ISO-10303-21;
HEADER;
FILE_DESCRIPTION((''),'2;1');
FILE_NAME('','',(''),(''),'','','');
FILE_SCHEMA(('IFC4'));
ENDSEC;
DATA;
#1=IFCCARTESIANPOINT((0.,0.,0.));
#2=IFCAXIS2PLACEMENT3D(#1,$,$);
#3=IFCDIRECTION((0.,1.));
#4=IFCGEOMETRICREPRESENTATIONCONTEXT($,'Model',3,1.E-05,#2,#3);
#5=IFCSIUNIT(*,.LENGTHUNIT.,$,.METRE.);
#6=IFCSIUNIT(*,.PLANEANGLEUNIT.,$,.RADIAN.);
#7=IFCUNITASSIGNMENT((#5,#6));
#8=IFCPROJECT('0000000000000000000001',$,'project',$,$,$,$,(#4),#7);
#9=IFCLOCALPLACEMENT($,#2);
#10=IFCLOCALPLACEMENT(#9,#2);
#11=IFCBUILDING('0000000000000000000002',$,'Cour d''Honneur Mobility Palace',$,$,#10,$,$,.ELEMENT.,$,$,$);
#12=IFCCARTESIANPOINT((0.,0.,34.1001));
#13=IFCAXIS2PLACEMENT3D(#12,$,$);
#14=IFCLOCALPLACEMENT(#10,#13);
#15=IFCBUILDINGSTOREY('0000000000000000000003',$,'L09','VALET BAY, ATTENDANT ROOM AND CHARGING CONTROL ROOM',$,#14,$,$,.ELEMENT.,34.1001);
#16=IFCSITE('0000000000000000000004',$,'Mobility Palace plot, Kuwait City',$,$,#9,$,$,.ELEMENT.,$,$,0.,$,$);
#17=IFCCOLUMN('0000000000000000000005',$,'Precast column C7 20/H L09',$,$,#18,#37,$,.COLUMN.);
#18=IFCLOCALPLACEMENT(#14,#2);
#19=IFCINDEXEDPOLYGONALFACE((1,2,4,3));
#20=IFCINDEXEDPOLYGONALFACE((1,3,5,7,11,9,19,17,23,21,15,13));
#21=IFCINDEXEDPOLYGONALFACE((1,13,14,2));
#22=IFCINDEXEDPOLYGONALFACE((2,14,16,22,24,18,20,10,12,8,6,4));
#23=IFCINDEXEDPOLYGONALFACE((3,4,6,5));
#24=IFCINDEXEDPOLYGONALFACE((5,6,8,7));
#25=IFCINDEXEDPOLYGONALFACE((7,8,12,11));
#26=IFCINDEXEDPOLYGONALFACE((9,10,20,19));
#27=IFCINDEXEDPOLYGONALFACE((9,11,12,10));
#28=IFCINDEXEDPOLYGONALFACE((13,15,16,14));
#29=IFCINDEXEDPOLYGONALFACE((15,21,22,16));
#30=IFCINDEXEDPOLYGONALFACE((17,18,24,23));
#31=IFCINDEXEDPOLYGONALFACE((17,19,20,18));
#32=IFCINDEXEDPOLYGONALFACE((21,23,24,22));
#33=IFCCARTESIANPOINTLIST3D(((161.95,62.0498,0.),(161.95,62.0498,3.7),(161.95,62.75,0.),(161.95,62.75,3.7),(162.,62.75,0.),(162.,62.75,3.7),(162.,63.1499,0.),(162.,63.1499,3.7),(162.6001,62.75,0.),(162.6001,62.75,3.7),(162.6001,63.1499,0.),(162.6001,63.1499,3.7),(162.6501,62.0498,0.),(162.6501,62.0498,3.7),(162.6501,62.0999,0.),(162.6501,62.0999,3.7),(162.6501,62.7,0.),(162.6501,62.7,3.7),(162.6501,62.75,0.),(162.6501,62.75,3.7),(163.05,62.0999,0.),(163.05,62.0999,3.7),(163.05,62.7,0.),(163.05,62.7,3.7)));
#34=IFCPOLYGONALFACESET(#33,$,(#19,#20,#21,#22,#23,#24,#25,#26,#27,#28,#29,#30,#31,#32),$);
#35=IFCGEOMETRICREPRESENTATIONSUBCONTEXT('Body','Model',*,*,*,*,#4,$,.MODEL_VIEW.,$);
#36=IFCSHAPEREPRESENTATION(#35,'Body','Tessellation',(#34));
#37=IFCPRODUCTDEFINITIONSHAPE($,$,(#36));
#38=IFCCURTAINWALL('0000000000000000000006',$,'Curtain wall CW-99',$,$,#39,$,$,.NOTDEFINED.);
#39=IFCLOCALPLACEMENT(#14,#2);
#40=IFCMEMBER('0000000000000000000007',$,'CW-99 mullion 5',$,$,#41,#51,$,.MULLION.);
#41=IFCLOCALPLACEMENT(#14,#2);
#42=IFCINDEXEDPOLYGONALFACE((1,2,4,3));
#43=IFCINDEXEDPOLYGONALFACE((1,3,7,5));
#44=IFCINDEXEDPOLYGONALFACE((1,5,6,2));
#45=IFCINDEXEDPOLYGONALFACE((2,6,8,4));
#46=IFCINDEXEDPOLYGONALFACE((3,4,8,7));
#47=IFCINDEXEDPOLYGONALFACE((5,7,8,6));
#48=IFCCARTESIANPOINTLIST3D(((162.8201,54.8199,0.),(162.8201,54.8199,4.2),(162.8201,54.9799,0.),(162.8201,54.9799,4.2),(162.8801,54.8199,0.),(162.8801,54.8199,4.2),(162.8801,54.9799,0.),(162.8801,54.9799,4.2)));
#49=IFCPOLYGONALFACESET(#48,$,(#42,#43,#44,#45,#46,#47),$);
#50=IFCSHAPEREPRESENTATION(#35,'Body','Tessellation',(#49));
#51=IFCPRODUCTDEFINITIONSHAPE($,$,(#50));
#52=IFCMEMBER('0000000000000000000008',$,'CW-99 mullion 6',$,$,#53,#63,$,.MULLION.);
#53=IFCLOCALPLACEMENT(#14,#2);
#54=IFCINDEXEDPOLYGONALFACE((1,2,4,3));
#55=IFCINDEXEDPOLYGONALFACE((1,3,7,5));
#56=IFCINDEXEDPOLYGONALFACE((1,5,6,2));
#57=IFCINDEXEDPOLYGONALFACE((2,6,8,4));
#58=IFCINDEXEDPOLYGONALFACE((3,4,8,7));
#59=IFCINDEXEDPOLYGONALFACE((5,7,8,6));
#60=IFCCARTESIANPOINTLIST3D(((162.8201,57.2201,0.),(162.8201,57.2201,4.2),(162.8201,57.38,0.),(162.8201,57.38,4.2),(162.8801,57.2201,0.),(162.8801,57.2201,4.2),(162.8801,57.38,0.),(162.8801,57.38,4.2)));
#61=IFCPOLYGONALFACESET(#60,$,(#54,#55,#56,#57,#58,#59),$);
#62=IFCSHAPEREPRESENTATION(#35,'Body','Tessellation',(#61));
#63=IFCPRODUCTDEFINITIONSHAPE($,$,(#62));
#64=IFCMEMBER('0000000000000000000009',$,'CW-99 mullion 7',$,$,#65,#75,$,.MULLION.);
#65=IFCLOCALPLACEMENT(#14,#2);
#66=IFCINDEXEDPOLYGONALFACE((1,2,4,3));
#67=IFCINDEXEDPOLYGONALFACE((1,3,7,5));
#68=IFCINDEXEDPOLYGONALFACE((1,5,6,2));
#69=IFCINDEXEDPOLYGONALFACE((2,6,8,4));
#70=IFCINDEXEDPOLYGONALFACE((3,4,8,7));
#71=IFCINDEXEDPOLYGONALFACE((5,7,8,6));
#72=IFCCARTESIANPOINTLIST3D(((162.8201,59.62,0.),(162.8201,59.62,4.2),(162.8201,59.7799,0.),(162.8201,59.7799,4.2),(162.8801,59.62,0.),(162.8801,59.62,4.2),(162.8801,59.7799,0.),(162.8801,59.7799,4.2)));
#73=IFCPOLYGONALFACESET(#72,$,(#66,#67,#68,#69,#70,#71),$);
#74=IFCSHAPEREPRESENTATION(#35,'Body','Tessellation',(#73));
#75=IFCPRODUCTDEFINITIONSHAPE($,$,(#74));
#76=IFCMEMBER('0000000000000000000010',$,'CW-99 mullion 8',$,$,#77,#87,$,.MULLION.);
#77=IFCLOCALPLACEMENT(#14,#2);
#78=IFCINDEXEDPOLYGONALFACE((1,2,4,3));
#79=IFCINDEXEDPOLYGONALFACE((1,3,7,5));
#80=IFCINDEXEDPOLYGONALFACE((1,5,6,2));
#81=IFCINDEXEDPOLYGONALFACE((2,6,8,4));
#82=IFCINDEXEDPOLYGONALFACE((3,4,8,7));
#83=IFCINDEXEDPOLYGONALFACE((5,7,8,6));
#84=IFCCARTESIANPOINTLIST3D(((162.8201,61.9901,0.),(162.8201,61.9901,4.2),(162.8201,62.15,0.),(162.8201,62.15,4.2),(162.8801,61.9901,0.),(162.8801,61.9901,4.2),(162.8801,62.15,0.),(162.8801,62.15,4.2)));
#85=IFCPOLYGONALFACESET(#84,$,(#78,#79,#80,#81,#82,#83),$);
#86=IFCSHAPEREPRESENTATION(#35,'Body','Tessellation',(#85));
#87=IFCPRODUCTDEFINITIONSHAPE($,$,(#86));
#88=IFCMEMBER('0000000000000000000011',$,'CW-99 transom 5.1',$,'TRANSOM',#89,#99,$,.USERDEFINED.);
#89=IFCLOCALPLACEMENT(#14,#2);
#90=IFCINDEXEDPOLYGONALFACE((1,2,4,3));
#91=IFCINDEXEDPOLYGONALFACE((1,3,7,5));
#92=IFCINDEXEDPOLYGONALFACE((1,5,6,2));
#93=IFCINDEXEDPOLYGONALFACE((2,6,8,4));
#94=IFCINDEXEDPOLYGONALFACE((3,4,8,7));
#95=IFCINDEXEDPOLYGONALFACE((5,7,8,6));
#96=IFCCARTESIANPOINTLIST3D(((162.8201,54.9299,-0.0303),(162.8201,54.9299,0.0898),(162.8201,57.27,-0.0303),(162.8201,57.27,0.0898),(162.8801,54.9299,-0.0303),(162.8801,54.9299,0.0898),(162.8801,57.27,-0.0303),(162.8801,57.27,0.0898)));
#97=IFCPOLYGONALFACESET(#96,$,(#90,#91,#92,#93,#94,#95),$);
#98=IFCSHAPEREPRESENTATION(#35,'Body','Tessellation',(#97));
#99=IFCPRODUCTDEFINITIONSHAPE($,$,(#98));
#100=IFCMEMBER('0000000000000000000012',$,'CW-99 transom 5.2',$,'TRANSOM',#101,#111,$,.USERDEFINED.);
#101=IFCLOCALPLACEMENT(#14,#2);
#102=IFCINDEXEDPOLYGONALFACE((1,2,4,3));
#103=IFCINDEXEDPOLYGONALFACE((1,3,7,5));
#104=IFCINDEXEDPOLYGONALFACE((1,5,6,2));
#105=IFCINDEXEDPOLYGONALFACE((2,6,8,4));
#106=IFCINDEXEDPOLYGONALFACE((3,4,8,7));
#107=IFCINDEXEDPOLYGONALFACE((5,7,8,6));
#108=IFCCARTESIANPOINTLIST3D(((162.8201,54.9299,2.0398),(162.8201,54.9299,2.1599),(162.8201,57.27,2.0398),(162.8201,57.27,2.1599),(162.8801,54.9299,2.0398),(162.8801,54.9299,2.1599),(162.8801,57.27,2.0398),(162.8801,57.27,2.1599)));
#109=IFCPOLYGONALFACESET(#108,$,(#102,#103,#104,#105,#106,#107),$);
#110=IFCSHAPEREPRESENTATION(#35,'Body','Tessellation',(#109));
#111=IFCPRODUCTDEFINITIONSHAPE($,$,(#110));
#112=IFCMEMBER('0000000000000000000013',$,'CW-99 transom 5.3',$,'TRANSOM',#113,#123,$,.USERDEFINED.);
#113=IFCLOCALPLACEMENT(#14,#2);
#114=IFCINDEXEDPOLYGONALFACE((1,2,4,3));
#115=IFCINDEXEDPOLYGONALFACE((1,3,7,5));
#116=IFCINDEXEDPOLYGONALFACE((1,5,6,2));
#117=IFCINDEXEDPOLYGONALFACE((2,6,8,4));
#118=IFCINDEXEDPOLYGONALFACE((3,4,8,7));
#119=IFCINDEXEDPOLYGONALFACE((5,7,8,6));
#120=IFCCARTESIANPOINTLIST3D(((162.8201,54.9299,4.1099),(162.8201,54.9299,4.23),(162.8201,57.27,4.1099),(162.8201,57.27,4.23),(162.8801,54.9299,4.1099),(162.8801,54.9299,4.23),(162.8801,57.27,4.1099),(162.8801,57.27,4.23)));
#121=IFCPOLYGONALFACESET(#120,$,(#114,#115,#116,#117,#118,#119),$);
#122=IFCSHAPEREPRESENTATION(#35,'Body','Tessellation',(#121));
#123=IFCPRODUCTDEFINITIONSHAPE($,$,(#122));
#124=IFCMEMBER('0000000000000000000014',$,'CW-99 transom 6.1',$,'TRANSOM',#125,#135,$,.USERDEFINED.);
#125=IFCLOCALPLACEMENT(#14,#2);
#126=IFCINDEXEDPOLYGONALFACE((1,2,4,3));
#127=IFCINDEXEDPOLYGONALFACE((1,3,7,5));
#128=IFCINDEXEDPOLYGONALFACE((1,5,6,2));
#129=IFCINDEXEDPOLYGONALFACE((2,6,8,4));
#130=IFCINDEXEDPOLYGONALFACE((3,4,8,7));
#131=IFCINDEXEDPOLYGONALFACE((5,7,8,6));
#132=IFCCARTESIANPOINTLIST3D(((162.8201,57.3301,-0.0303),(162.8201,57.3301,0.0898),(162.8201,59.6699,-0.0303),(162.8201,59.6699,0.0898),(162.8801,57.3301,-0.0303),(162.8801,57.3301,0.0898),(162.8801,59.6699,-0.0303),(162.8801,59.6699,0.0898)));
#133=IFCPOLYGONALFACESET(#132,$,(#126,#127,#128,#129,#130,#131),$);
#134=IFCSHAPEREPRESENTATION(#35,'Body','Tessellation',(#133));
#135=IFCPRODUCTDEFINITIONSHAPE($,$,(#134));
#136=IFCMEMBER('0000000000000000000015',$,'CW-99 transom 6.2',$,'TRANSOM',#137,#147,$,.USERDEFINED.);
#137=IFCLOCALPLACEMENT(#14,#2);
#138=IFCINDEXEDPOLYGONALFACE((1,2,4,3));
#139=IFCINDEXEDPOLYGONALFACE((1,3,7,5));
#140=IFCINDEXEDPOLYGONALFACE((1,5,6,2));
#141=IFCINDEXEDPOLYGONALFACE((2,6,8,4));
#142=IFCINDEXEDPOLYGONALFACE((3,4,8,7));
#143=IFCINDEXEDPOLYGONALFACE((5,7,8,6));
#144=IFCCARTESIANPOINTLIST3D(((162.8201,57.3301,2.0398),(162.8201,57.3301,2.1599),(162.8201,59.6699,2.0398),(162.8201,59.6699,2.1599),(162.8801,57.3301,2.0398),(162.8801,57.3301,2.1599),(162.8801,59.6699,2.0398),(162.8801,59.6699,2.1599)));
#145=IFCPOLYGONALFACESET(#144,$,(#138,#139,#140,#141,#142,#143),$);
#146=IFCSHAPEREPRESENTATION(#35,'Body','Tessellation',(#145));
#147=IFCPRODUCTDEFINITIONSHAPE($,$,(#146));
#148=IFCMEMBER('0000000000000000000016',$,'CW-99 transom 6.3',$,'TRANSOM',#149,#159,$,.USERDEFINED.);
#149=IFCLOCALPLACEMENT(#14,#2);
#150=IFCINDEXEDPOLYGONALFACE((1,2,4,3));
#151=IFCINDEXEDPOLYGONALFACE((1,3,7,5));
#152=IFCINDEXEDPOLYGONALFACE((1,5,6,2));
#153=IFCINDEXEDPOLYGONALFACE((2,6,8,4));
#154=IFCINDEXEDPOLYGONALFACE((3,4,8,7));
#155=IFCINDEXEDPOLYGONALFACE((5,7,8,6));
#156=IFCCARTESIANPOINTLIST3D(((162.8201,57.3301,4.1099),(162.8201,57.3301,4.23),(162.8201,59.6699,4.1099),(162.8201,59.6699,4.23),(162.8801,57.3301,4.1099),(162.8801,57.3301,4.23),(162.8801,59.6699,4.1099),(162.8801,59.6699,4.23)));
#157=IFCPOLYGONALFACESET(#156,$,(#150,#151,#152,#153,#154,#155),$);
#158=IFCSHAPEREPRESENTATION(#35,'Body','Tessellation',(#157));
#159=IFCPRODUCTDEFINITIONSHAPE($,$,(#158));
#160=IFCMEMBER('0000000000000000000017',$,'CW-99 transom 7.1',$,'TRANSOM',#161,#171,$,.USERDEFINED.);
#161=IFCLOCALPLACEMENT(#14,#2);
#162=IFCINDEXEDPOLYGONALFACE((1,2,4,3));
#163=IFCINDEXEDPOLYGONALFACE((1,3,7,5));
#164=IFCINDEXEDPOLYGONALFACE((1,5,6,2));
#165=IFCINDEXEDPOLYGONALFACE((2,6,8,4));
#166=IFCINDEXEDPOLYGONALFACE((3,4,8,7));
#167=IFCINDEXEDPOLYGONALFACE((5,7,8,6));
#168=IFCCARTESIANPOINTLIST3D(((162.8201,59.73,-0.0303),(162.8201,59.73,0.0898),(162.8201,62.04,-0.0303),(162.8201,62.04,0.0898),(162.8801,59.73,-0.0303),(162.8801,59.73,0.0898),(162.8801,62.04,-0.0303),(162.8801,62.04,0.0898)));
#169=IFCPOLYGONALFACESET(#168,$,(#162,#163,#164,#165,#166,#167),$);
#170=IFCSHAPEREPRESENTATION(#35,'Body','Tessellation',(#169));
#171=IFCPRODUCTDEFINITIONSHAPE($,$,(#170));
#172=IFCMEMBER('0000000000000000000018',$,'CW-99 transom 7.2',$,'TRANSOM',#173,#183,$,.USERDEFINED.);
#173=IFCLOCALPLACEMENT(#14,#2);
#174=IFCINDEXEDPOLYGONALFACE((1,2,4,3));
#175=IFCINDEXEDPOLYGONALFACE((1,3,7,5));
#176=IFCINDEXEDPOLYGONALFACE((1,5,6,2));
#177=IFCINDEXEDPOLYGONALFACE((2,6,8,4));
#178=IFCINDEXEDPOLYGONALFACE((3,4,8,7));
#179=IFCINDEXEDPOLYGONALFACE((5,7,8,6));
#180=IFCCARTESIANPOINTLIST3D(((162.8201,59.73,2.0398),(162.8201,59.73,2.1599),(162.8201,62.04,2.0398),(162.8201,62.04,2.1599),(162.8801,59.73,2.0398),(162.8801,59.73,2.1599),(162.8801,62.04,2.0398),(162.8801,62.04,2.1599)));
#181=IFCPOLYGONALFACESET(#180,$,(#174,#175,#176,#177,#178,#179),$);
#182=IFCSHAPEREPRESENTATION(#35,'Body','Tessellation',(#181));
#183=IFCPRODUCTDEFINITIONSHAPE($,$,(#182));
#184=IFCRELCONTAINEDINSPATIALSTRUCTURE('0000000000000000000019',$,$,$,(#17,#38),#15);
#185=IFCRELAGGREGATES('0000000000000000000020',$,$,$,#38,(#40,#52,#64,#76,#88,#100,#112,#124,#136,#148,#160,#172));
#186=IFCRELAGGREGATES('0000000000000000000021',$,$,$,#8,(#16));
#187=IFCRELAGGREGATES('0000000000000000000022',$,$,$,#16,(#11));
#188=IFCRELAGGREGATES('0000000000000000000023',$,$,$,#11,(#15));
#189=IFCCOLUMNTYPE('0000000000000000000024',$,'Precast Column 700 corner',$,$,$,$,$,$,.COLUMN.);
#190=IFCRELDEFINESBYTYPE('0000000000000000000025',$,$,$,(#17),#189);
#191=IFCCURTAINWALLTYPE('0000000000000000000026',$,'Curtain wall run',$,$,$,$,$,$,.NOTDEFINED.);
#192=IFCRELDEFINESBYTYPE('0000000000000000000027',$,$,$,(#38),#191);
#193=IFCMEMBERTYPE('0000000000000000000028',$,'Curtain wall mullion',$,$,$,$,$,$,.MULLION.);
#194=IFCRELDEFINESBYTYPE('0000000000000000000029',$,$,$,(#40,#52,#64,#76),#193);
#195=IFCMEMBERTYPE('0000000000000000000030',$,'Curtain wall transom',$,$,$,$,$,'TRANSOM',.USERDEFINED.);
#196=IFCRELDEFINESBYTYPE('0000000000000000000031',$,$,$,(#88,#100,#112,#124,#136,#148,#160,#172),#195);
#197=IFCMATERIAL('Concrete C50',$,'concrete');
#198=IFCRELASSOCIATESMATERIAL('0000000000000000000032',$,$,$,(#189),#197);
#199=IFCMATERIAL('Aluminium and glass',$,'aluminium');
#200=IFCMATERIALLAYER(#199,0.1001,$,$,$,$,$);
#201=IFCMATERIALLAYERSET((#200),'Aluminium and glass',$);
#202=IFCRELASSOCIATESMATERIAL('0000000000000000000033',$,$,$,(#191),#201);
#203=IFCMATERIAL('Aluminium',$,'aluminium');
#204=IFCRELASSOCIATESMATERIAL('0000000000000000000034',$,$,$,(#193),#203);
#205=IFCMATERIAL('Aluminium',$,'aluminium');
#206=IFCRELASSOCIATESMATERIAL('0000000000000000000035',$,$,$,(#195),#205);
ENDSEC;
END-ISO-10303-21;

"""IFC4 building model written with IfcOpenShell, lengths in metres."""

from ifc_helpers import new_model, si_unit, direction, frame, origin, origin_2d, place, context, subcontext, project, spatial, polyline, rectangle, outline, extrude, material, layer, layer_set, material_profile, profile_set, type_object, element, aggregate, save


model = new_model("IFC4")

# Units and contexts
model_context = context("Model", 3, precision=1e-05, world=origin(), true_north=direction((0.0, 1.0)))
body_context = subcontext(model_context, "Body", "Model", "MODEL_VIEW")
ifc_project = project(units=[si_unit("LENGTHUNIT", "METRE"), si_unit("PLANEANGLEUNIT", "RADIAN")], contexts=[model_context])

# Site, building, storey
site_placement = place(None, origin())
site = spatial("IfcSite", under=ifc_project, at=site_placement, Name="Mobility Palace plot, Kuwait City", CompositionType="ELEMENT", RefElevation=0.0)
building_placement = place(site_placement, origin())
building = spatial("IfcBuilding", under=site, at=building_placement, Name="Cour d'Honneur Mobility Palace", CompositionType="ELEMENT")
storey_placement = place(building_placement, frame((0.0, 0.0, 34.1001)))
storey = spatial("IfcBuildingStorey", under=building, at=storey_placement, Name="L09", Description="VALET BAY, ATTENDANT ROOM AND CHARGING CONTROL ROOM", CompositionType="ELEMENT", Elevation=34.1001)

# Column
ifc_material_1 = material(Name="Concrete C50", Category="concrete")
ifc_material_profile_1 = material_profile(ifc_material_1, outline(polyline([(-0.3501, -0.3501), (0.3501, -0.3501), (0.3501, -0.3), (0.75, -0.3), (0.75, 0.3), (0.3501, 0.3), (0.3501, 0.3501), (0.3, 0.3501), (0.3, 0.75), (-0.3, 0.75), (-0.3, 0.3501), (-0.3501, 0.3501), (-0.3501, -0.3501)])), Name="PC C700 corner")
ifc_profile_set_1 = profile_set([ifc_material_profile_1], Name="Concrete C50")
column_type = type_object("IfcColumnType", Name="Precast Column 700 corner", PredefinedType="COLUMN", material=ifc_profile_set_1)
column_placement = place(storey_placement, frame((162.3, 62.3999, 0.0), z_axis=(0.0, 0.0, 1.0), x_axis=(1.0, 0.0, 0.0)))
element("IfcColumn", 1, at=column_placement, inside=storey, type_object=column_type, Name="Precast column C7 20/H L09", PredefinedType="COLUMN", context=body_context, shape_type="SweptSolid", body=[
    extrude(outline(polyline([(-0.3501, -0.3501), (0.3501, -0.3501), (0.3501, -0.3), (0.75, -0.3), (0.75, 0.3), (0.3501, 0.3), (0.3501, 0.3501), (0.3, 0.3501), (0.3, 0.75), (-0.3, 0.75), (-0.3, 0.3501), (-0.3501, 0.3501), (-0.3501, -0.3501)])), origin(), (0.0, 0.0, 1.0), 3.7),
])

# Curtain wall, members
ifc_material_2 = material(Name="Aluminium and glass", Category="aluminium")
ifc_layer_1 = layer(ifc_material_2, 0.1001)
ifc_layer_set_1 = layer_set([ifc_layer_1], Name="Aluminium and glass")
curtain_wall_type = type_object("IfcCurtainWallType", Name="Curtain wall run", PredefinedType="NOTDEFINED", material=ifc_layer_set_1)
curtain_wall_placement = place(storey_placement, origin())
curtain_wall = element("IfcCurtainWall", 2, at=curtain_wall_placement, inside=storey, type_object=curtain_wall_type, Name="Curtain wall CW-99", PredefinedType="NOTDEFINED")
ifc_material_3 = material(Name="Aluminium", Category="aluminium")
ifc_material_profile_2 = material_profile(ifc_material_3, rectangle(XDim=0.0601, YDim=0.1599, at=origin_2d()), Name="Curtain wall mullion")
ifc_profile_set_2 = profile_set([ifc_material_profile_2], Name="Aluminium")
member_type_1 = type_object("IfcMemberType", Name="Curtain wall mullion", PredefinedType="MULLION", material=ifc_profile_set_2)
member_1_placement = place(storey_placement, frame((162.8501, 54.8999, 0.0), z_axis=(0.0, 0.0, 1.0), x_axis=(-1.0, 0.0, 0.0)))
member_1 = element("IfcMember", 3, at=member_1_placement, type_object=member_type_1, Name="CW-99 mullion 5", PredefinedType="MULLION", context=body_context, shape_type="SweptSolid", body=[
    extrude(rectangle(XDim=0.0601, YDim=0.1599, at=origin_2d()), origin(), (0.0, 0.0, 1.0), 4.2),
])
member_2_placement = place(storey_placement, frame((162.8501, 57.3, 0.0), z_axis=(0.0, 0.0, 1.0), x_axis=(-1.0, 0.0, 0.0)))
member_2 = element("IfcMember", 4, at=member_2_placement, type_object=member_type_1, Name="CW-99 mullion 6", PredefinedType="MULLION", context=body_context, shape_type="SweptSolid", body=[
    extrude(rectangle(XDim=0.0601, YDim=0.1599, at=origin_2d()), origin(), (0.0, 0.0, 1.0), 4.2),
])
member_3_placement = place(storey_placement, frame((162.8501, 59.7, 0.0), z_axis=(0.0, 0.0, 1.0), x_axis=(-1.0, 0.0, 0.0)))
member_3 = element("IfcMember", 5, at=member_3_placement, type_object=member_type_1, Name="CW-99 mullion 7", PredefinedType="MULLION", context=body_context, shape_type="SweptSolid", body=[
    extrude(rectangle(XDim=0.0601, YDim=0.1599, at=origin_2d()), origin(), (0.0, 0.0, 1.0), 4.2),
])
member_4_placement = place(storey_placement, frame((162.8501, 62.0701, 0.0), z_axis=(0.0, 0.0, 1.0), x_axis=(-1.0, 0.0, 0.0)))
member_4 = element("IfcMember", 6, at=member_4_placement, type_object=member_type_1, Name="CW-99 mullion 8", PredefinedType="MULLION", context=body_context, shape_type="SweptSolid", body=[
    extrude(rectangle(XDim=0.0601, YDim=0.1599, at=origin_2d()), origin(), (0.0, 0.0, 1.0), 4.2),
])
ifc_material_4 = material(Name="Aluminium", Category="aluminium")
ifc_material_profile_3 = material_profile(ifc_material_4, rectangle(XDim=0.0601, YDim=0.1201, at=origin_2d()), Name="Curtain wall transom")
ifc_profile_set_3 = profile_set([ifc_material_profile_3], Name="Aluminium")
member_type_2 = type_object("IfcMemberType", Name="Curtain wall transom", ElementType="TRANSOM", PredefinedType="USERDEFINED", material=ifc_profile_set_3)
member_5_placement = place(storey_placement, frame((162.8501, 54.9299, 0.0298), z_axis=(0.0, 1.0, 0.0), x_axis=(-1.0, 0.0, 0.0)))
member_5 = element("IfcMember", 7, at=member_5_placement, type_object=member_type_2, Name="CW-99 transom 5.1", ObjectType="TRANSOM", PredefinedType="USERDEFINED", context=body_context, shape_type="SweptSolid", body=[
    extrude(rectangle(XDim=0.0601, YDim=0.1201, at=origin_2d()), origin(), (0.0, 0.0, 1.0), 2.3401),
])
member_6_placement = place(storey_placement, frame((162.8501, 54.9299, 2.0999), z_axis=(0.0, 1.0, 0.0), x_axis=(-1.0, 0.0, 0.0)))
member_6 = element("IfcMember", 8, at=member_6_placement, type_object=member_type_2, Name="CW-99 transom 5.2", ObjectType="TRANSOM", PredefinedType="USERDEFINED", context=body_context, shape_type="SweptSolid", body=[
    extrude(rectangle(XDim=0.0601, YDim=0.1201, at=origin_2d()), origin(), (0.0, 0.0, 1.0), 2.3401),
])
member_7_placement = place(storey_placement, frame((162.8501, 54.9299, 4.1699), z_axis=(0.0, 1.0, 0.0), x_axis=(-1.0, 0.0, 0.0)))
member_7 = element("IfcMember", 9, at=member_7_placement, type_object=member_type_2, Name="CW-99 transom 5.3", ObjectType="TRANSOM", PredefinedType="USERDEFINED", context=body_context, shape_type="SweptSolid", body=[
    extrude(rectangle(XDim=0.0601, YDim=0.1201, at=origin_2d()), origin(), (0.0, 0.0, 1.0), 2.3401),
])
member_8_placement = place(storey_placement, frame((162.8501, 57.3301, 0.0298), z_axis=(0.0, 1.0, 0.0), x_axis=(-1.0, 0.0, 0.0)))
member_8 = element("IfcMember", 10, at=member_8_placement, type_object=member_type_2, Name="CW-99 transom 6.1", ObjectType="TRANSOM", PredefinedType="USERDEFINED", context=body_context, shape_type="SweptSolid", body=[
    extrude(rectangle(XDim=0.0601, YDim=0.1201, at=origin_2d()), origin(), (0.0, 0.0, 1.0), 2.3398),
])
member_9_placement = place(storey_placement, frame((162.8501, 57.3301, 2.0999), z_axis=(0.0, 1.0, 0.0), x_axis=(-1.0, 0.0, 0.0)))
member_9 = element("IfcMember", 11, at=member_9_placement, type_object=member_type_2, Name="CW-99 transom 6.2", ObjectType="TRANSOM", PredefinedType="USERDEFINED", context=body_context, shape_type="SweptSolid", body=[
    extrude(rectangle(XDim=0.0601, YDim=0.1201, at=origin_2d()), origin(), (0.0, 0.0, 1.0), 2.3398),
])
member_10_placement = place(storey_placement, frame((162.8501, 57.3301, 4.1699), z_axis=(0.0, 1.0, 0.0), x_axis=(-1.0, 0.0, 0.0)))
member_10 = element("IfcMember", 12, at=member_10_placement, type_object=member_type_2, Name="CW-99 transom 6.3", ObjectType="TRANSOM", PredefinedType="USERDEFINED", context=body_context, shape_type="SweptSolid", body=[
    extrude(rectangle(XDim=0.0601, YDim=0.1201, at=origin_2d()), origin(), (0.0, 0.0, 1.0), 2.3398),
])
member_11_placement = place(storey_placement, frame((162.8501, 59.73, 0.0298), z_axis=(0.0, 1.0, 0.0), x_axis=(-1.0, 0.0, 0.0)))
member_11 = element("IfcMember", 13, at=member_11_placement, type_object=member_type_2, Name="CW-99 transom 7.1", ObjectType="TRANSOM", PredefinedType="USERDEFINED", context=body_context, shape_type="SweptSolid", body=[
    extrude(rectangle(XDim=0.0601, YDim=0.1201, at=origin_2d()), origin(), (0.0, 0.0, 1.0), 2.3101),
])
member_12_placement = place(storey_placement, frame((162.8501, 59.73, 2.0999), z_axis=(0.0, 1.0, 0.0), x_axis=(-1.0, 0.0, 0.0)))
member_12 = element("IfcMember", 14, at=member_12_placement, type_object=member_type_2, Name="CW-99 transom 7.2", ObjectType="TRANSOM", PredefinedType="USERDEFINED", context=body_context, shape_type="SweptSolid", body=[
    extrude(rectangle(XDim=0.0601, YDim=0.1201, at=origin_2d()), origin(), (0.0, 0.0, 1.0), 2.3101),
])
aggregate(curtain_wall, [member_1, member_2, member_3, member_4, member_5, member_6, member_7, member_8, member_9, member_10, member_11, member_12])

save(model, "model.ifc")
